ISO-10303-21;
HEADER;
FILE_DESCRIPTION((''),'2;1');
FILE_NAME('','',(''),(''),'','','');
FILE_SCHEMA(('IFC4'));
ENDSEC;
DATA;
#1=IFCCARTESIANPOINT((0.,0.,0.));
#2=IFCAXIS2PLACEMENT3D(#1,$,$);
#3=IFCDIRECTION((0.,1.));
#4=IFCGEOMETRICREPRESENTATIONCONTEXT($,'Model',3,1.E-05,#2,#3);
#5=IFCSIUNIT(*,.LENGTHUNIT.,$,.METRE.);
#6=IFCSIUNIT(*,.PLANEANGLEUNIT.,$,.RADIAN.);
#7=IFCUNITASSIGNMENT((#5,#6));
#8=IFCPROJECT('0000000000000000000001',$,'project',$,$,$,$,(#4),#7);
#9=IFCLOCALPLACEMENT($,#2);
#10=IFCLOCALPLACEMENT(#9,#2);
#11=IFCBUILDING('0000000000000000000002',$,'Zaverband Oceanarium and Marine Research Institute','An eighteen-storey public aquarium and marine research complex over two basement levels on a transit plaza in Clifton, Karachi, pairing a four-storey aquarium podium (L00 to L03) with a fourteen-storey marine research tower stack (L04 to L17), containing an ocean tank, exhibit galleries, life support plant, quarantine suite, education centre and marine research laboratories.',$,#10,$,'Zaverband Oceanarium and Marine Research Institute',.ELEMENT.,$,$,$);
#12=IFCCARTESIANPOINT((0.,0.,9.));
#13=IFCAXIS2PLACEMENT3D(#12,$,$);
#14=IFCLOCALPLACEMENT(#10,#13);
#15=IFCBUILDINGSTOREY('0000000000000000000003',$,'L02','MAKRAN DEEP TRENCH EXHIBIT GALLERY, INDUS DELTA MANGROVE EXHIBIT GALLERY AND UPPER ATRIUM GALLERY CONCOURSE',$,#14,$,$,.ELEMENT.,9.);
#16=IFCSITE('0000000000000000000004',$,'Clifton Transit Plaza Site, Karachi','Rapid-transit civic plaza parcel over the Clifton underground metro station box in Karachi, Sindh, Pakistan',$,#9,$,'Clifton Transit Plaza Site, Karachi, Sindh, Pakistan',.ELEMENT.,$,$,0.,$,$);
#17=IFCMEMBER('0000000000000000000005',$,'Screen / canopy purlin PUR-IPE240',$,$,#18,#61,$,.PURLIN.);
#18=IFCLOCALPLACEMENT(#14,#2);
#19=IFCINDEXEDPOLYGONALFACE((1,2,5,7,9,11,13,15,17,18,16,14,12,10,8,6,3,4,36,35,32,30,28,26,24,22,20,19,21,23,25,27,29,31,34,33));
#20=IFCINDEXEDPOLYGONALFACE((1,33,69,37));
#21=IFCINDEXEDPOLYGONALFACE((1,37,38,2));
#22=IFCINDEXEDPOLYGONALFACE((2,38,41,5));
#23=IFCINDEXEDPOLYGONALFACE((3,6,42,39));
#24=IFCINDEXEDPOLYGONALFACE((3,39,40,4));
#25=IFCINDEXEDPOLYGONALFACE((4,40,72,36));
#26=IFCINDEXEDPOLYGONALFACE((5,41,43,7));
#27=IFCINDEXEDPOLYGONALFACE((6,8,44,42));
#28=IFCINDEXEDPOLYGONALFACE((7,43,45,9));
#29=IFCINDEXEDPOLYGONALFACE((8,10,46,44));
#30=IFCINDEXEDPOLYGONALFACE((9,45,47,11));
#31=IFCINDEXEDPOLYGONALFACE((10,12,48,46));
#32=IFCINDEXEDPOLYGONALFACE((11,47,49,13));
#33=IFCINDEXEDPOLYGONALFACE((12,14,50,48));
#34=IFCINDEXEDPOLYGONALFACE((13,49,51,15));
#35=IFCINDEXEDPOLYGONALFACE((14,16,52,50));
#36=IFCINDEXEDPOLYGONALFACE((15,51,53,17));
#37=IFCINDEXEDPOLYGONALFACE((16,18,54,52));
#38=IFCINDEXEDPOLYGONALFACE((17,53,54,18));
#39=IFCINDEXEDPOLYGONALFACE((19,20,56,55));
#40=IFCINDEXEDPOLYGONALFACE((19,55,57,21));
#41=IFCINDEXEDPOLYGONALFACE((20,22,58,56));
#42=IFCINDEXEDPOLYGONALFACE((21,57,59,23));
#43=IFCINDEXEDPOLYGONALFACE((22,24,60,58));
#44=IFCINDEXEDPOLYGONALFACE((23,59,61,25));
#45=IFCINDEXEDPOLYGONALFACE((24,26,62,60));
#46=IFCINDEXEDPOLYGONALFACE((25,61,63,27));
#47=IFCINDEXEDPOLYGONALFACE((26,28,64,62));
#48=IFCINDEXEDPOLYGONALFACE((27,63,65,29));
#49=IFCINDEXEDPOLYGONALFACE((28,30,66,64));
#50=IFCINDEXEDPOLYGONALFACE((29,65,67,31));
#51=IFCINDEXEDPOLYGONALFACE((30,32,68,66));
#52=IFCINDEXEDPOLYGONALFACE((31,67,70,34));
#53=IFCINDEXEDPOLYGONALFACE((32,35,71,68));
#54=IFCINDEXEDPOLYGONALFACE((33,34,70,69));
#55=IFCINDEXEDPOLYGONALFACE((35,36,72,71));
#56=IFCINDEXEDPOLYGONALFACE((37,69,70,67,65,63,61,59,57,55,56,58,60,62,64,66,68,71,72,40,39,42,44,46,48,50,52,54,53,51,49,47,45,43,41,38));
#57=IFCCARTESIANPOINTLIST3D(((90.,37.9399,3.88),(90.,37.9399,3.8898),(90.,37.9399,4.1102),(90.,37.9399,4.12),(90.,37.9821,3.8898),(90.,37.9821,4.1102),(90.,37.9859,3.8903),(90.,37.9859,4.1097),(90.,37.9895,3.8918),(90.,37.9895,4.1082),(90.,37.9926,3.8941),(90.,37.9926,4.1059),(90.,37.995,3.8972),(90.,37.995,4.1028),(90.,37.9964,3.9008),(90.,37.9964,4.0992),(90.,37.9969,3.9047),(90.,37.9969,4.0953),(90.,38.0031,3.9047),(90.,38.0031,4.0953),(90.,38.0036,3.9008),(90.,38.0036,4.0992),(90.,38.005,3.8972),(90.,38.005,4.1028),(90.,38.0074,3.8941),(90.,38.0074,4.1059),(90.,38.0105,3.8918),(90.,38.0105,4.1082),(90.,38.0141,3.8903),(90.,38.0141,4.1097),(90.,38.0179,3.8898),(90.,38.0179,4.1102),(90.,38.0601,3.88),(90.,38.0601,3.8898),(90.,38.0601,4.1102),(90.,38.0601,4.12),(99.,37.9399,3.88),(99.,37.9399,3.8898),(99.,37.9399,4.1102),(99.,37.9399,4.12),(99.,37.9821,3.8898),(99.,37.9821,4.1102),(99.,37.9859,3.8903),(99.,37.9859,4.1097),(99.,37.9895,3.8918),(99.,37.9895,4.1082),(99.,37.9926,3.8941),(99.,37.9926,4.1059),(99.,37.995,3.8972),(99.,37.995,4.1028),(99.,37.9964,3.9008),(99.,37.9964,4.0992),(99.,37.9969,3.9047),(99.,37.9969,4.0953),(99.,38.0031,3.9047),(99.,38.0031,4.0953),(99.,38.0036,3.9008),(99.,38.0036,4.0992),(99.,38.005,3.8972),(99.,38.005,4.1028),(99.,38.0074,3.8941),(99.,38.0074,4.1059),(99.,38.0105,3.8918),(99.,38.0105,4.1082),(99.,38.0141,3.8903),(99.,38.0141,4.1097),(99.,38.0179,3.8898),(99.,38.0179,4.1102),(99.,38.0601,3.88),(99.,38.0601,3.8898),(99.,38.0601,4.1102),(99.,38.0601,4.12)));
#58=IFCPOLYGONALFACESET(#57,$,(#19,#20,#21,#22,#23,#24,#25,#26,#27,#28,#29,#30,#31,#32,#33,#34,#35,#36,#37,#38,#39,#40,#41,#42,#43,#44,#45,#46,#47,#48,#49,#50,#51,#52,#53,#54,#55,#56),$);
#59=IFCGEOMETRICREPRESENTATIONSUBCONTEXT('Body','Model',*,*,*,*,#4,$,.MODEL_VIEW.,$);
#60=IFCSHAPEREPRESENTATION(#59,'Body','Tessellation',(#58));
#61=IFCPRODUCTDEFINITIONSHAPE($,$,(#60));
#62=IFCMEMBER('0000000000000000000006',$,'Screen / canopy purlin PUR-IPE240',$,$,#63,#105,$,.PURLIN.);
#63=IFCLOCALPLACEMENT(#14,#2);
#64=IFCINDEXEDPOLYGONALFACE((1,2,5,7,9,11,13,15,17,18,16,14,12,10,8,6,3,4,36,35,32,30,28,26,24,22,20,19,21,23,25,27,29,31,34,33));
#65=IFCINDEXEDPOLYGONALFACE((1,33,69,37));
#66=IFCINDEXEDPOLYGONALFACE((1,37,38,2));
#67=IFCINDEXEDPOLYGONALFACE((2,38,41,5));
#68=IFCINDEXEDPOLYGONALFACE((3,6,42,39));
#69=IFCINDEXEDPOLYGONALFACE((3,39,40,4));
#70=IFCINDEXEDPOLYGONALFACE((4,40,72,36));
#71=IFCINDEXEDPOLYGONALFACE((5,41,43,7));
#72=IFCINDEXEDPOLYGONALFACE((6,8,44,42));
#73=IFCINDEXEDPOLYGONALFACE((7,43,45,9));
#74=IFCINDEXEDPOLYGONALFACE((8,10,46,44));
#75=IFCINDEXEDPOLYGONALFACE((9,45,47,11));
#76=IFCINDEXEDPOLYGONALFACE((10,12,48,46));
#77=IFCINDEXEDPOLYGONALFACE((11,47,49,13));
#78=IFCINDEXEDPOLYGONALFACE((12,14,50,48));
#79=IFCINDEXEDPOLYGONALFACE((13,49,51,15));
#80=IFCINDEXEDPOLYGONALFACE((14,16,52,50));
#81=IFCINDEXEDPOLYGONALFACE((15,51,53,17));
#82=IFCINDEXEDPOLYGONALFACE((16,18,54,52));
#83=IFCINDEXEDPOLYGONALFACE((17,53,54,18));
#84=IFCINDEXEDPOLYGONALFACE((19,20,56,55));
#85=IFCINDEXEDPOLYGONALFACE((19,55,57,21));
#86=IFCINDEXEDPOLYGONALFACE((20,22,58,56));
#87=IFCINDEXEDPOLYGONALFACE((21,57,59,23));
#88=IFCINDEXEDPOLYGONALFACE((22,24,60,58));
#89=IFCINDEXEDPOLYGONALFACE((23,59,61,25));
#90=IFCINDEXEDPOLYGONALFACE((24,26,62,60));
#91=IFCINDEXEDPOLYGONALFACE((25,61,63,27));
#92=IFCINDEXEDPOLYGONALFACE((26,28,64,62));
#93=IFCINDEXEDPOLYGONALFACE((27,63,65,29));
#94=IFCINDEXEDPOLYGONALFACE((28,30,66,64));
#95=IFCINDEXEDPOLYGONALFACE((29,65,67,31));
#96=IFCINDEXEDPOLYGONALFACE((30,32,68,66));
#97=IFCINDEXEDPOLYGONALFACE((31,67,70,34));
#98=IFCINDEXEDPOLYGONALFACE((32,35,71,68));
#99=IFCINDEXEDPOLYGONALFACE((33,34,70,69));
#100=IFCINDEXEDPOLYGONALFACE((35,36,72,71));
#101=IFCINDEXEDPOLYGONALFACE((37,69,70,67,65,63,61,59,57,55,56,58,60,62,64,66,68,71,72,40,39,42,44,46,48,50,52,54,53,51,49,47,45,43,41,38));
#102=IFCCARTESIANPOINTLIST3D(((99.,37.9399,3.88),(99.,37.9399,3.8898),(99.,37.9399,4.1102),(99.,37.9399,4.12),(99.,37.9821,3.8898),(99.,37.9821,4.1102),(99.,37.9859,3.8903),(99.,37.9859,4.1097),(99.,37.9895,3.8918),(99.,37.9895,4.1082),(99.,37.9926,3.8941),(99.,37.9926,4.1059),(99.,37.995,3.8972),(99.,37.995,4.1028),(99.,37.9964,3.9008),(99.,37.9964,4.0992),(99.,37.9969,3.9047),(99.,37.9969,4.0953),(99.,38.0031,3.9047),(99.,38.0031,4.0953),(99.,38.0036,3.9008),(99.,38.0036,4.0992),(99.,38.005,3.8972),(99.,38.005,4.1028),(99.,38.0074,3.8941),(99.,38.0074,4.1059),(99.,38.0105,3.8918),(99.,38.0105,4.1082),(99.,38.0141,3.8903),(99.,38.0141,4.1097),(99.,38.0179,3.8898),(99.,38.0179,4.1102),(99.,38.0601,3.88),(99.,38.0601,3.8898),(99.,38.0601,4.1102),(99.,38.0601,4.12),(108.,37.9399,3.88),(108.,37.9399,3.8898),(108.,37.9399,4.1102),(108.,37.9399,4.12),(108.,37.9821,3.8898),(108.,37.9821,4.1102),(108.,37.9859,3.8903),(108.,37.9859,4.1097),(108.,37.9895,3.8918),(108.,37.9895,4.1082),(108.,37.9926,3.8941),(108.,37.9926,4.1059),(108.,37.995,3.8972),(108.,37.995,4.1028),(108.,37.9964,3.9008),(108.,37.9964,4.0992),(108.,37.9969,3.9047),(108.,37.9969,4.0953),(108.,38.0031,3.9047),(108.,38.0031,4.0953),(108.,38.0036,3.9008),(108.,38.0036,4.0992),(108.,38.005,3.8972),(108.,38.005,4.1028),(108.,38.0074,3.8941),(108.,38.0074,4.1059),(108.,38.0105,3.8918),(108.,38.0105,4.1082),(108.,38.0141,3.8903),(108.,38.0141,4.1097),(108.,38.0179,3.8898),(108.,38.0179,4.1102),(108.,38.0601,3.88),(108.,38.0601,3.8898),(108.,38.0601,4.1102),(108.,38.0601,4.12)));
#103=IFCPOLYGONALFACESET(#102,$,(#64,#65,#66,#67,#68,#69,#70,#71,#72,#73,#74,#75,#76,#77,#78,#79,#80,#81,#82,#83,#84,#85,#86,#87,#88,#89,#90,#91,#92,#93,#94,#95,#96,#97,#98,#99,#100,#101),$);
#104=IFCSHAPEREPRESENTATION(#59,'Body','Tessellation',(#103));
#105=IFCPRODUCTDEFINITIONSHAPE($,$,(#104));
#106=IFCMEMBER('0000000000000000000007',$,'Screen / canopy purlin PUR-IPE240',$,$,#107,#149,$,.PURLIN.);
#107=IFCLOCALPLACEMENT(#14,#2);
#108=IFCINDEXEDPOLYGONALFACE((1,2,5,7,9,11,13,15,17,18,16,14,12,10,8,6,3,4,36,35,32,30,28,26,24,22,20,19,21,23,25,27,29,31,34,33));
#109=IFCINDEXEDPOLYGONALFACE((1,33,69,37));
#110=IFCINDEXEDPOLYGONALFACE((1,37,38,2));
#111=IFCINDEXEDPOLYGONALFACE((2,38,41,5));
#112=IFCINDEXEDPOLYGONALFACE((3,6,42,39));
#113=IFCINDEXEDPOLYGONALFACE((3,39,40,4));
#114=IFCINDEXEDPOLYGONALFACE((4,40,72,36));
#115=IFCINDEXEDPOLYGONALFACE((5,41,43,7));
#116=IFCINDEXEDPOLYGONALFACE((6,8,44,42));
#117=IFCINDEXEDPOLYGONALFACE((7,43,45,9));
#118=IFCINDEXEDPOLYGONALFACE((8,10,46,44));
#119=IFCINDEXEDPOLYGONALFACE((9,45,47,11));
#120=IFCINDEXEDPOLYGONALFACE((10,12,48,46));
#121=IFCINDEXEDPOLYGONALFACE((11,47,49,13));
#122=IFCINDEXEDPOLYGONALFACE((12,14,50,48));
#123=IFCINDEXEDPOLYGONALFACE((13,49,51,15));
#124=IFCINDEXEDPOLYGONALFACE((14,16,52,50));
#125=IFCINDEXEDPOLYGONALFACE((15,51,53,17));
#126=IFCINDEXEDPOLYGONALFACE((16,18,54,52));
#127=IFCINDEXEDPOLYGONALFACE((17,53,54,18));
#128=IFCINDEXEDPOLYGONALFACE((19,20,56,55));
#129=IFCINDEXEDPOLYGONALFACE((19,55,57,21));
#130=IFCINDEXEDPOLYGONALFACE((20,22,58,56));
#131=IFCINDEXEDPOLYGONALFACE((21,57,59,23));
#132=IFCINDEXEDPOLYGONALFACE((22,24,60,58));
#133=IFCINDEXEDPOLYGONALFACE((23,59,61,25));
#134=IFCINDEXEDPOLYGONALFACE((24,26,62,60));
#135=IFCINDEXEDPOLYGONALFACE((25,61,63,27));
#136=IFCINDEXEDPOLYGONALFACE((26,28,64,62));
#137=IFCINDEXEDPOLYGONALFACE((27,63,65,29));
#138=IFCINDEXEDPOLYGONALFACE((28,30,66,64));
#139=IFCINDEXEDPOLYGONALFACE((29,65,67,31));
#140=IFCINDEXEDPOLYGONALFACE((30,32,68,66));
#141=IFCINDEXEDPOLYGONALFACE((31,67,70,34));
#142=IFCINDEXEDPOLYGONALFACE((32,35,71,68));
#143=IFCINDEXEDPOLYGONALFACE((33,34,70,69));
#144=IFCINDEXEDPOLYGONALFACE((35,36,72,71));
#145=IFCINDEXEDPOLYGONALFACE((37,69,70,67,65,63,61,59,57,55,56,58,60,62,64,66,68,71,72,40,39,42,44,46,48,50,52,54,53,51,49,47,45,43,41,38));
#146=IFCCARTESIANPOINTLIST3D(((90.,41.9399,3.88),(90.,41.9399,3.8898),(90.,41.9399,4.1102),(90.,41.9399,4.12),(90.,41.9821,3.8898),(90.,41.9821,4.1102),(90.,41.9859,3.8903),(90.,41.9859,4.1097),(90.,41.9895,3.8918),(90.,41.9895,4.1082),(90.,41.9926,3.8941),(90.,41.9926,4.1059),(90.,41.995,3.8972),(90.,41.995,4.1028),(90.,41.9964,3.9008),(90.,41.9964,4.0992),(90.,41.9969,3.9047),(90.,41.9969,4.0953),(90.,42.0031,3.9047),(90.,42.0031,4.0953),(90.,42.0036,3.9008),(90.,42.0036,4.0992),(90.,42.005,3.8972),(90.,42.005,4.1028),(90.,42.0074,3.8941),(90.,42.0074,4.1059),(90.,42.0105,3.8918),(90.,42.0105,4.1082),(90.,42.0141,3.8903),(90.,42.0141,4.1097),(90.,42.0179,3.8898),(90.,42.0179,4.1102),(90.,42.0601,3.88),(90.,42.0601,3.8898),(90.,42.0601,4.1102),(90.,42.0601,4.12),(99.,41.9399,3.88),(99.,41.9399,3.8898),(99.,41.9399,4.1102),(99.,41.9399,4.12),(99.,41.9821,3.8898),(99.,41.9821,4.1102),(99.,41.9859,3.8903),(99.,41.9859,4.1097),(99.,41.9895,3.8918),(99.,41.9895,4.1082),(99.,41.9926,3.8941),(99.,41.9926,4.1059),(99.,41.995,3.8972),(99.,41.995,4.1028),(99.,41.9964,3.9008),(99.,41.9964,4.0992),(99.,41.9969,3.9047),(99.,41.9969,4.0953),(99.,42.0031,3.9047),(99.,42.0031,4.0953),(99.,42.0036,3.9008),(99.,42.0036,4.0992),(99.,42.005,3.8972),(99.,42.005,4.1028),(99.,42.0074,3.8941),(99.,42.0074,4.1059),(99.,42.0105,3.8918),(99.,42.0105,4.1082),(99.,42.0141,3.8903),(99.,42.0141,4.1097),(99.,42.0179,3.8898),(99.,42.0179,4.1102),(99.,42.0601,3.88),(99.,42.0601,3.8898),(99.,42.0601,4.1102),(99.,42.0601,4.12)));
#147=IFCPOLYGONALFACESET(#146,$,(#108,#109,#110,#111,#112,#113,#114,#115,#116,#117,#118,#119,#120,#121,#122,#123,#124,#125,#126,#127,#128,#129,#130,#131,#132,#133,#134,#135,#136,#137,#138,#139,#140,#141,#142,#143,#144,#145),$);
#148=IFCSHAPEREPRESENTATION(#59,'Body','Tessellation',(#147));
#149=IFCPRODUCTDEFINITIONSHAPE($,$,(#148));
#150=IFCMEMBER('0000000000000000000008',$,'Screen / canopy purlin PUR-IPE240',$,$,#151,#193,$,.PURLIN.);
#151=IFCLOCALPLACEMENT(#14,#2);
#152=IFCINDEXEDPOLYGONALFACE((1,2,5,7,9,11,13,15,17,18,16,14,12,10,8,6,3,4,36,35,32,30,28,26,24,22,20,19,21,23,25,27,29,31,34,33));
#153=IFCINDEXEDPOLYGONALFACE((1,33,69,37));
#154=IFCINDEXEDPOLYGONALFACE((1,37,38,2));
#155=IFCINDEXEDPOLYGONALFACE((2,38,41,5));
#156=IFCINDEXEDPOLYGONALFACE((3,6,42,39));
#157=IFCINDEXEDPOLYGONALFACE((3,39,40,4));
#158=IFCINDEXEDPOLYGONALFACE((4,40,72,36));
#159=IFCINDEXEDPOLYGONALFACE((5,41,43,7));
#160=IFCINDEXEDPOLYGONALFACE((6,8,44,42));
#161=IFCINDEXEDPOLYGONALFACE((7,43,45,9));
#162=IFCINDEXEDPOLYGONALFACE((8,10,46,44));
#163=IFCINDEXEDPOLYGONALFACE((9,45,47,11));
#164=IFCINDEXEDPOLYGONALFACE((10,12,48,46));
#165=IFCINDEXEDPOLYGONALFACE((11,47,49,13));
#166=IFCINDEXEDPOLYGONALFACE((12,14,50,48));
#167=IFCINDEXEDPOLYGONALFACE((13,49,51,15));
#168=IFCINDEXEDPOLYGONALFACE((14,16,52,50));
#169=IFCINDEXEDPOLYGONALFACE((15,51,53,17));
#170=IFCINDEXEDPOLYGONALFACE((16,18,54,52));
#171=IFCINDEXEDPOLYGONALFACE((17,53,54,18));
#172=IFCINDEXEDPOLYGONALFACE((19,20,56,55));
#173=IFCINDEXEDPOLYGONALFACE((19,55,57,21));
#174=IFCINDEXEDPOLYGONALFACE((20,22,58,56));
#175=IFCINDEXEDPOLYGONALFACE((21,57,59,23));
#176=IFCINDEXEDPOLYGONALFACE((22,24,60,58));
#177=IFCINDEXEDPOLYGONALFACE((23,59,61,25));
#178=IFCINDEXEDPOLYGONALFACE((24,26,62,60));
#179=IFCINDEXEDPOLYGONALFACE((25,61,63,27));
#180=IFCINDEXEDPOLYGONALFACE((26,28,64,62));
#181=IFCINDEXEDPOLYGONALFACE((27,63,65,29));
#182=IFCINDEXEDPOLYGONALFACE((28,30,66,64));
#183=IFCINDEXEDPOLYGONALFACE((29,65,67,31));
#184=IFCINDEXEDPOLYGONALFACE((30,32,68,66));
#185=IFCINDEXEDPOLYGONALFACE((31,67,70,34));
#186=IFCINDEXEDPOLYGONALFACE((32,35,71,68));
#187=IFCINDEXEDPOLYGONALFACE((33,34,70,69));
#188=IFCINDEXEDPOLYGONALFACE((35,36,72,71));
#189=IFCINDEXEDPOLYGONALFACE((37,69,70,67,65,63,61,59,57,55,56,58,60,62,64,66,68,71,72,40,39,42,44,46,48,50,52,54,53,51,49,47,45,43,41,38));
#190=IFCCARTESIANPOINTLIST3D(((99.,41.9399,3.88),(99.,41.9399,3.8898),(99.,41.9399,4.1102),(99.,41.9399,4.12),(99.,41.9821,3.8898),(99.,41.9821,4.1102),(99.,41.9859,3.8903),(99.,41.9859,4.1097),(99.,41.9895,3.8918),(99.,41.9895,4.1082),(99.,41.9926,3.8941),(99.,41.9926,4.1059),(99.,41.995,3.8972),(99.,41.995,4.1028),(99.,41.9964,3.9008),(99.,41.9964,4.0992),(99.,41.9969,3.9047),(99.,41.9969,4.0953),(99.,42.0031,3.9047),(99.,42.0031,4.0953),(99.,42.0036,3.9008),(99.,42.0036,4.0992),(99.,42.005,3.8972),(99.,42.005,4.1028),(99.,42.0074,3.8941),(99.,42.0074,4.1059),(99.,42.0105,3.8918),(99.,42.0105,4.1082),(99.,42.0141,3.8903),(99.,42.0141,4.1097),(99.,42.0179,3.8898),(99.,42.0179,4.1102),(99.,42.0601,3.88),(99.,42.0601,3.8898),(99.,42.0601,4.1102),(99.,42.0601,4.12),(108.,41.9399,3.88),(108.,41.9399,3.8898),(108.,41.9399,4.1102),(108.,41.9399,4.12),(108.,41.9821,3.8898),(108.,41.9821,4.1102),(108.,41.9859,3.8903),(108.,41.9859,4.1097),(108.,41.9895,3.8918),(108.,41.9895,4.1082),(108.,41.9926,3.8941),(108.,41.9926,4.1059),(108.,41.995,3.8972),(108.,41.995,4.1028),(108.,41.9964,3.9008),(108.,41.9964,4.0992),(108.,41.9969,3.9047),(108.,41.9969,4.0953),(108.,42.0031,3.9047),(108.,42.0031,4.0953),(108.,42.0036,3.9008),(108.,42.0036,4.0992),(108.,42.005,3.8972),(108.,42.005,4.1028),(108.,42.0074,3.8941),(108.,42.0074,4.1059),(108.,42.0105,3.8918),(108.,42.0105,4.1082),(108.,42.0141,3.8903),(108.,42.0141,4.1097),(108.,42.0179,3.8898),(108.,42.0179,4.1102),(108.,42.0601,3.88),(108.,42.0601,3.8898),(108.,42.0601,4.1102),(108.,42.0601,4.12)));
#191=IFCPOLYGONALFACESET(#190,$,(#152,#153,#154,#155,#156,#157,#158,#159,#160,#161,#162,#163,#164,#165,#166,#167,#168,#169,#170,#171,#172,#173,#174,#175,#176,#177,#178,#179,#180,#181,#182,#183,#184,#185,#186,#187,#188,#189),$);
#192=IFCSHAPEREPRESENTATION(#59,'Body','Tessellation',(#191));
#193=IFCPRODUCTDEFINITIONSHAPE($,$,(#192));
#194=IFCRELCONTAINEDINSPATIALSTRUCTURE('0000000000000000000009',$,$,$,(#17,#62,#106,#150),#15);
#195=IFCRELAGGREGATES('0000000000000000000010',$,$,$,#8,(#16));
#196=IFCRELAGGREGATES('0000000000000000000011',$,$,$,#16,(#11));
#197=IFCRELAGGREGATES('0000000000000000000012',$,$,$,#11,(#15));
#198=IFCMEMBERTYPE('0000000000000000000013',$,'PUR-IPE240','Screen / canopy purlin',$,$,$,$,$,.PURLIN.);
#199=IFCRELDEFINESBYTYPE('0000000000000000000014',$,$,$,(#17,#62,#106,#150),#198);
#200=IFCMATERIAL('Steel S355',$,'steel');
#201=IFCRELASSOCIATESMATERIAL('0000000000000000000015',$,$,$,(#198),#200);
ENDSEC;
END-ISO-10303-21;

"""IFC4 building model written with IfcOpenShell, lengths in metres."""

from ifc_helpers import new_model, si_unit, direction, frame, origin, origin_2d, place, context, subcontext, project, spatial, i_section, extrude, material, material_profile, profile_set, type_object, element, save


model = new_model("IFC4")

# Units and contexts
model_context = context("Model", 3, precision=1e-05, world=origin(), true_north=direction((0.0, 1.0)))
body_context = subcontext(model_context, "Body", "Model", "MODEL_VIEW")
ifc_project = project(units=[si_unit("LENGTHUNIT", "METRE"), si_unit("PLANEANGLEUNIT", "RADIAN")], contexts=[model_context])

# Site, building, storey
site_placement = place(None, origin())
site = spatial("IfcSite", under=ifc_project, at=site_placement, Name="Clifton Transit Plaza Site, Karachi", Description="Rapid-transit civic plaza parcel over the Clifton underground metro station box in Karachi, Sindh, Pakistan", LongName="Clifton Transit Plaza Site, Karachi, Sindh, Pakistan", CompositionType="ELEMENT", RefElevation=0.0)
building_placement = place(site_placement, origin())
building = spatial("IfcBuilding", under=site, at=building_placement, Name="Zaverband Oceanarium and Marine Research Institute", Description="An eighteen-storey public aquarium and marine research complex over two basement levels on a transit plaza in Clifton, Karachi, pairing a four-storey aquarium podium (L00 to L03) with a fourteen-storey marine research tower stack (L04 to L17), containing an ocean tank, exhibit galleries, life support plant, quarantine suite, education centre and marine research laboratories.", LongName="Zaverband Oceanarium and Marine Research Institute", CompositionType="ELEMENT")
storey_placement = place(building_placement, frame((0.0, 0.0, 9.0)))
storey = spatial("IfcBuildingStorey", under=building, at=storey_placement, Name="L02", Description="MAKRAN DEEP TRENCH EXHIBIT GALLERY, INDUS DELTA MANGROVE EXHIBIT GALLERY AND UPPER ATRIUM GALLERY CONCOURSE", CompositionType="ELEMENT", Elevation=9.0)

# Members
ifc_material_1 = material(Name="Steel S355", Category="steel")
ifc_material_profile_1 = material_profile(ifc_material_1, i_section(OverallWidth=0.1201, OverallDepth=0.24, WebThickness=0.0061, FlangeThickness=0.0098, FilletRadius=0.0149, at=origin_2d()), Name="IPE240")
ifc_profile_set_1 = profile_set([ifc_material_profile_1], Name="Steel S355")
member_type_1 = type_object("IfcMemberType", Name="PUR-IPE240", Description="Screen / canopy purlin", PredefinedType="PURLIN", material=ifc_profile_set_1)
for number, where, z_axis, x_axis, name in (
    (1, (90.0, 38.0, 4.0), (1.0, 0.0, 0.0), (0.0, 1.0, 0.0), "Screen / canopy purlin PUR-IPE240"),
    (2, (99.0, 38.0, 4.0), (1.0, 0.0, 0.0), (0.0, 1.0, 0.0), "Screen / canopy purlin PUR-IPE240"),
    (3, (90.0, 42.0, 4.0), (1.0, 0.0, 0.0), (0.0, 1.0, 0.0), "Screen / canopy purlin PUR-IPE240"),
    (4, (99.0, 42.0, 4.0), (1.0, 0.0, 0.0), (0.0, 1.0, 0.0), "Screen / canopy purlin PUR-IPE240"),
):
    element("IfcMember", number, at=place(storey_placement, frame(where, z_axis=z_axis, x_axis=x_axis)), inside=storey, type_object=member_type_1, Name=name, PredefinedType="PURLIN", context=body_context, shape_type="SweptSolid", body=[
        extrude(i_section(OverallWidth=0.1201, OverallDepth=0.24, WebThickness=0.0061, FlangeThickness=0.0098, FilletRadius=0.0149, at=origin_2d()), origin(), (0.0, 0.0, 1.0), 9.0),
    ])

save(model, "model.ifc")
